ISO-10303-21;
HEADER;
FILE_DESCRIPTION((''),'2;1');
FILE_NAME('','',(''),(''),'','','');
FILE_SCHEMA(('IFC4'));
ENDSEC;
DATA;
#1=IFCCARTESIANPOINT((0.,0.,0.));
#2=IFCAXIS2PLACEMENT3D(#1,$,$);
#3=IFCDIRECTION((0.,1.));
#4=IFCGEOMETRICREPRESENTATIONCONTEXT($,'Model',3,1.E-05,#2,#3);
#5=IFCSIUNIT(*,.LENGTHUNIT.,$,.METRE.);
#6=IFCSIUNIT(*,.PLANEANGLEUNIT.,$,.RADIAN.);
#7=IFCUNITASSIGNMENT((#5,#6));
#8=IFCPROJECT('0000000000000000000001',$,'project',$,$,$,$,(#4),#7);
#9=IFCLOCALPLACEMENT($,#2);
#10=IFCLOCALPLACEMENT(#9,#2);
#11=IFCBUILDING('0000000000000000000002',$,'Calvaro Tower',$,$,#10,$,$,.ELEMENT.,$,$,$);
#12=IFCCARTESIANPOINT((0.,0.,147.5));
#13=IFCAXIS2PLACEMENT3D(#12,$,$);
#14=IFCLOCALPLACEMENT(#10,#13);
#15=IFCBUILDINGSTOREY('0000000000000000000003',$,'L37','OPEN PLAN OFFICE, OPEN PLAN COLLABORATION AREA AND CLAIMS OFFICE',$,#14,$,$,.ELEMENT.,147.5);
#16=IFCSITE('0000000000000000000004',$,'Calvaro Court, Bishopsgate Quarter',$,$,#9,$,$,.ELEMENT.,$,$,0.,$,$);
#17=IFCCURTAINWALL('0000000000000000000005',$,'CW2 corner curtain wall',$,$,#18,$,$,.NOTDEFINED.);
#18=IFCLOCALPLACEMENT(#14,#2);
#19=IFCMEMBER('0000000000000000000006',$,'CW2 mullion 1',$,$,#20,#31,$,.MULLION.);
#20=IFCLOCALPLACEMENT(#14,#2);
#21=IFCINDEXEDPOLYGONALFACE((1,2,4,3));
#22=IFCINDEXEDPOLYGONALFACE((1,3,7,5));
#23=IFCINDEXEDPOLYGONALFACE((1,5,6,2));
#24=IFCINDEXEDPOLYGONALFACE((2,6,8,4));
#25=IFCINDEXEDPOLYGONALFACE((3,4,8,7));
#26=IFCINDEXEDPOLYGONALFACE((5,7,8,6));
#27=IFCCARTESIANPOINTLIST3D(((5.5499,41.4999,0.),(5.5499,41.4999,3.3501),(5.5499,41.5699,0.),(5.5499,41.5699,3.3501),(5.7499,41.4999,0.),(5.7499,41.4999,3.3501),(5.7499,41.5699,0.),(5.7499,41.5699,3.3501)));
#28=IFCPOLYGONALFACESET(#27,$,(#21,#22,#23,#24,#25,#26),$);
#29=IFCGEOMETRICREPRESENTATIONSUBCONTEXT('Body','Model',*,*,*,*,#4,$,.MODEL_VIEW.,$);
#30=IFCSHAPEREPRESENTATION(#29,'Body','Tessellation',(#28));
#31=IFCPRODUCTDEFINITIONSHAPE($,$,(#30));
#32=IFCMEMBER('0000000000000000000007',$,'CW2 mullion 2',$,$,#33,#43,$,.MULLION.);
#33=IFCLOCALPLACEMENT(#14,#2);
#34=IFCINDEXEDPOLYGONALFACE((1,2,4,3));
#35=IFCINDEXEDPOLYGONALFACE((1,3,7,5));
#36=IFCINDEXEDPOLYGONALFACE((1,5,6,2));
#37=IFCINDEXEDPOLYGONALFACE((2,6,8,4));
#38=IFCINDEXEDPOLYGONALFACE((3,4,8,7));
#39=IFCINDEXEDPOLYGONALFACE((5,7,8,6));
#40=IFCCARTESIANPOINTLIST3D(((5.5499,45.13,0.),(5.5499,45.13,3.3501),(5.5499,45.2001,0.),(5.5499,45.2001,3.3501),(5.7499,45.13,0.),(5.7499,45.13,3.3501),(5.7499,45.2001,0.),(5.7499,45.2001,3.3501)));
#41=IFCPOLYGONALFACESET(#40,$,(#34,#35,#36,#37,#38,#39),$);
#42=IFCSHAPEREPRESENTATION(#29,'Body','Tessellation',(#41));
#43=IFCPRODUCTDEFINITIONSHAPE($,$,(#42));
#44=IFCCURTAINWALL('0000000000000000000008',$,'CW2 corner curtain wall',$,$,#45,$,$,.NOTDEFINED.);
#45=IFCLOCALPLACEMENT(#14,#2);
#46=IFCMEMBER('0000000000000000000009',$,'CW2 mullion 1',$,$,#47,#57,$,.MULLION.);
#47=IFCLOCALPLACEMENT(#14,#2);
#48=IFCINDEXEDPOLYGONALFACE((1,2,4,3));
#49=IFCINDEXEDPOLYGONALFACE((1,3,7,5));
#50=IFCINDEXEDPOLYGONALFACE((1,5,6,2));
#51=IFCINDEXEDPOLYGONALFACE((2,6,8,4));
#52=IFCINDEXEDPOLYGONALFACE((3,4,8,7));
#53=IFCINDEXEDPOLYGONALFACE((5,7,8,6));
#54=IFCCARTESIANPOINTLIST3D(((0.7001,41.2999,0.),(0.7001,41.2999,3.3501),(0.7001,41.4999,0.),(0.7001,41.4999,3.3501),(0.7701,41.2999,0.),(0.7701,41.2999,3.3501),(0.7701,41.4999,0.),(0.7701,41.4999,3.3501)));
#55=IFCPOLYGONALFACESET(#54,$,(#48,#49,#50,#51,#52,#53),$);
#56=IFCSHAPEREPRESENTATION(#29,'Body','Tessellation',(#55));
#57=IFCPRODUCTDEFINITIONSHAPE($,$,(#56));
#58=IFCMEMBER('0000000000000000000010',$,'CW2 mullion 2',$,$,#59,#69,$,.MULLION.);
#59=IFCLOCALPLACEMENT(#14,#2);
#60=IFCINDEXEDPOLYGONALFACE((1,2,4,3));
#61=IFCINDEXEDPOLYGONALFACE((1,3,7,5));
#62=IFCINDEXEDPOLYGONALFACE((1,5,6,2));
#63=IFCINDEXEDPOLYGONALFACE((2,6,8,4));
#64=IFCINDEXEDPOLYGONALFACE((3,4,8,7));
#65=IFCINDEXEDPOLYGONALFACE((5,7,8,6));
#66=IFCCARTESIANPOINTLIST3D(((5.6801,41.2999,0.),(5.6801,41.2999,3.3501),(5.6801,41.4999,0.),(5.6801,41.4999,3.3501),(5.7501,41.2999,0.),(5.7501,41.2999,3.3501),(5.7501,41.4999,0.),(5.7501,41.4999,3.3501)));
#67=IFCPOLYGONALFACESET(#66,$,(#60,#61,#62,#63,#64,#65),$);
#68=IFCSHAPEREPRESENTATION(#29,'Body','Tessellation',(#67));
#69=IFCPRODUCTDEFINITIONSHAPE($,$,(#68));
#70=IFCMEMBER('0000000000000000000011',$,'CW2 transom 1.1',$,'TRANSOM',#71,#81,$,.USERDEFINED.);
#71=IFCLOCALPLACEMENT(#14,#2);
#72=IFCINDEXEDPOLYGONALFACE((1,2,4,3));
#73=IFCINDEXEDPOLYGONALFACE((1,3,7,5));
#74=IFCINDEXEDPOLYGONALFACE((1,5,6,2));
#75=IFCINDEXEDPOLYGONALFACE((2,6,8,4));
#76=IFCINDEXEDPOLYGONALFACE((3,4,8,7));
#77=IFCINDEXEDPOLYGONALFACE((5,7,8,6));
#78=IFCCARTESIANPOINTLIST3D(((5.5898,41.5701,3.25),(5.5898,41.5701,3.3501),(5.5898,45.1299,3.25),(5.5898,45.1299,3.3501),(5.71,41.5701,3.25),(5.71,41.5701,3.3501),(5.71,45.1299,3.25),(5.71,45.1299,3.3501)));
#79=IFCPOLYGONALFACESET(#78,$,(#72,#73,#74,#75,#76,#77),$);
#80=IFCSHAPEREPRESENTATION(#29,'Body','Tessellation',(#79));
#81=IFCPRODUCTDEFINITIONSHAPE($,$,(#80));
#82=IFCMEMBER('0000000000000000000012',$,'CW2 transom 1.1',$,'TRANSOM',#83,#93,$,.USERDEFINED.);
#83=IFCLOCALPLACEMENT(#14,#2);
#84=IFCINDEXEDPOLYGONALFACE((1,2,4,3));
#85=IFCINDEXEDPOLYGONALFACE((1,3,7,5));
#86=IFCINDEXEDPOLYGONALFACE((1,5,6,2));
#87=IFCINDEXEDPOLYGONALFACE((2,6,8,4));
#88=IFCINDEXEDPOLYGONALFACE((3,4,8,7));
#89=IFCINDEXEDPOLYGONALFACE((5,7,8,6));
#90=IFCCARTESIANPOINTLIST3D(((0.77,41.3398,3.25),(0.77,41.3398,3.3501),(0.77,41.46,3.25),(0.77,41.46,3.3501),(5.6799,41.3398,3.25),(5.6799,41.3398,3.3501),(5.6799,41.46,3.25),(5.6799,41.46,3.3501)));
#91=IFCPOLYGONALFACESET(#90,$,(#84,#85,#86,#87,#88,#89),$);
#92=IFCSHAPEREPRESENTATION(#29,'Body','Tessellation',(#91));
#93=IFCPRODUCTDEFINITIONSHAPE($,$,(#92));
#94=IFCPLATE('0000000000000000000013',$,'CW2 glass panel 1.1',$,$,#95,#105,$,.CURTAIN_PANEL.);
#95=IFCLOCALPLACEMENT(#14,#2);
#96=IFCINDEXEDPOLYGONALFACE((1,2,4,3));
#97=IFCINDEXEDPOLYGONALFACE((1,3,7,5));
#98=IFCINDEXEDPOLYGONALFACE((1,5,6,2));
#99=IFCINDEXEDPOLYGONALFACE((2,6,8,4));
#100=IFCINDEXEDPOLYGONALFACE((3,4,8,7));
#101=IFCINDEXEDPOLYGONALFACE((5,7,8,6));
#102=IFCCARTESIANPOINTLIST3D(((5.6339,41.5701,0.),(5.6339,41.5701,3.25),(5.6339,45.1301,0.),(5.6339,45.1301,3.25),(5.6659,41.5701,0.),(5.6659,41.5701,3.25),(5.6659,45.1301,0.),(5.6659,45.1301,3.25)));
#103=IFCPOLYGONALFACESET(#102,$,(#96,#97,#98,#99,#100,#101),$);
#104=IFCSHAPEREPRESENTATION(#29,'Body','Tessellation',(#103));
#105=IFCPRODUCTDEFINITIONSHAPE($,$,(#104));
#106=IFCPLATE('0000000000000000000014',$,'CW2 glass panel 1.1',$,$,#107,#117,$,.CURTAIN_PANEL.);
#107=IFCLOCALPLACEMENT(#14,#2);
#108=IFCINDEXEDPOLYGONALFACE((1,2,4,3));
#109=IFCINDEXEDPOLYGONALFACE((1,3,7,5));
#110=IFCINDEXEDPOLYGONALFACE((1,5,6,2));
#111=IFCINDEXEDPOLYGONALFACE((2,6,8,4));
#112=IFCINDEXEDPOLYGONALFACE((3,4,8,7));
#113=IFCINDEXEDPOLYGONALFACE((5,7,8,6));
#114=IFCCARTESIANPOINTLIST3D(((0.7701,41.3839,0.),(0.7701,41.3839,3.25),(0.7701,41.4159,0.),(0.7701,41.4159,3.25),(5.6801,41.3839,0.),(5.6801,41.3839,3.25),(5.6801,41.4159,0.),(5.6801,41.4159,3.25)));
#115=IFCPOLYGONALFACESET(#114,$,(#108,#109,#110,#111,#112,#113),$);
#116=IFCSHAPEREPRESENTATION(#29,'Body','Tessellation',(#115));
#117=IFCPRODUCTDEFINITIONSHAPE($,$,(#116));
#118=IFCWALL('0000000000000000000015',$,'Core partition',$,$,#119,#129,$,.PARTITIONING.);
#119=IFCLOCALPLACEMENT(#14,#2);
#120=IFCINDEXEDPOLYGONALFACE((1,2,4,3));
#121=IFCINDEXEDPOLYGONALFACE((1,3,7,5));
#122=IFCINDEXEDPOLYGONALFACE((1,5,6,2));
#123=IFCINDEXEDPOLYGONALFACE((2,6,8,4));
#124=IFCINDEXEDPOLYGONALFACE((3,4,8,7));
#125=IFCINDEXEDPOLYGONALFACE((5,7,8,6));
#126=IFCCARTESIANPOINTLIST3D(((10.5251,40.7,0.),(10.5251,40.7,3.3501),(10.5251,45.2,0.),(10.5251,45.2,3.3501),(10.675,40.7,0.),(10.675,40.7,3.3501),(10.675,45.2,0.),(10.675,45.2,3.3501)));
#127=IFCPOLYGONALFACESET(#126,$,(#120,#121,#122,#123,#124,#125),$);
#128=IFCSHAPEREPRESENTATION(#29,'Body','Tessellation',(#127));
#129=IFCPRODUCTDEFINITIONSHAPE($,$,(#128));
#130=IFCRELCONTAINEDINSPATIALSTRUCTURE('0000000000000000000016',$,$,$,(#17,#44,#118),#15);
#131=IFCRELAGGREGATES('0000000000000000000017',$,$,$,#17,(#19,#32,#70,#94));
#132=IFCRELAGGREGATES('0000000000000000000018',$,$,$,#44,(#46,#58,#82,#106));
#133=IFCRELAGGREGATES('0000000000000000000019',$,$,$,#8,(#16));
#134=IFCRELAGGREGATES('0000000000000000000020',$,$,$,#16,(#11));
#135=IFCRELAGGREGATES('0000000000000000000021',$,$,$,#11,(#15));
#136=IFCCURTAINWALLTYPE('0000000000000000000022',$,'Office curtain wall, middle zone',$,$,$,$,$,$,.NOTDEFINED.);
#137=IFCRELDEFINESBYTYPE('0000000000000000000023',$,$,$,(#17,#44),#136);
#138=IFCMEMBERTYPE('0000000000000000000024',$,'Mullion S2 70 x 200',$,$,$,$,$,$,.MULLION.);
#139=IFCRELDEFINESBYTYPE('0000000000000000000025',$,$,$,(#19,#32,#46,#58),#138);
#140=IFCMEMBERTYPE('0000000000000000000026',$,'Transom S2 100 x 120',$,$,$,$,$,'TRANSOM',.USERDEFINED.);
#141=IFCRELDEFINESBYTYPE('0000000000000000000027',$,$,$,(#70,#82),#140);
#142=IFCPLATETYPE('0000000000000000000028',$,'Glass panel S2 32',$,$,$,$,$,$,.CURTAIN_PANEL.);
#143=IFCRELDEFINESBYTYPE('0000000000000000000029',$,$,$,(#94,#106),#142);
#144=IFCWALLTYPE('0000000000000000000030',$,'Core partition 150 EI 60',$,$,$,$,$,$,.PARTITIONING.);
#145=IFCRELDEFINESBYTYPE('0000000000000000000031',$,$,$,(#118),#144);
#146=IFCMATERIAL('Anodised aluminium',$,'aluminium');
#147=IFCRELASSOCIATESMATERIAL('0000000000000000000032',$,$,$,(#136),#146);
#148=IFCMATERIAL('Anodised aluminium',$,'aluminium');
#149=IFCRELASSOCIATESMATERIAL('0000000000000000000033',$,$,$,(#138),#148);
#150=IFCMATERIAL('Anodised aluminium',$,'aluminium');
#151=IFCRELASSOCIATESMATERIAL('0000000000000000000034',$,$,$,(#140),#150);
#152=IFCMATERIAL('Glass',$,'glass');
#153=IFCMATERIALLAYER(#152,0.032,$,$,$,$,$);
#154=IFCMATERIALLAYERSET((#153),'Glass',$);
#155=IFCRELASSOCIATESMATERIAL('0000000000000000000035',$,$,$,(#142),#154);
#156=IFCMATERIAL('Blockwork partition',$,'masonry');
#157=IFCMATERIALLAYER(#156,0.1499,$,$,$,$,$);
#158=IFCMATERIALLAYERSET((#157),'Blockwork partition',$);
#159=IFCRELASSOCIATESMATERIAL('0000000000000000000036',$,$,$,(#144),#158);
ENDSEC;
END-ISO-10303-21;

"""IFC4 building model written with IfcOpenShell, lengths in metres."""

from ifc_helpers import new_model, si_unit, direction, frame, frame_2d, origin, origin_2d, place, context, subcontext, project, spatial, rectangle, extrude, material, layer, layer_set, material_profile, profile_set, type_object, element, aggregate, save


model = new_model("IFC4")

# Units and contexts
model_context = context("Model", 3, precision=1e-05, world=origin(), true_north=direction((0.0, 1.0)))
body_context = subcontext(model_context, "Body", "Model", "MODEL_VIEW")
ifc_project = project(units=[si_unit("LENGTHUNIT", "METRE"), si_unit("PLANEANGLEUNIT", "RADIAN")], contexts=[model_context])

# Site, building, storey
site_placement = place(None, origin())
site = spatial("IfcSite", under=ifc_project, at=site_placement, Name="Calvaro Court, Bishopsgate Quarter", CompositionType="ELEMENT", RefElevation=0.0)
building_placement = place(site_placement, origin())
building = spatial("IfcBuilding", under=site, at=building_placement, Name="Calvaro Tower", CompositionType="ELEMENT")
storey_placement = place(building_placement, frame((0.0, 0.0, 147.5)))
storey = spatial("IfcBuildingStorey", under=building, at=storey_placement, Name="L37", Description="OPEN PLAN OFFICE, OPEN PLAN COLLABORATION AREA AND CLAIMS OFFICE", CompositionType="ELEMENT", Elevation=147.5)

# Curtain walls, members
ifc_material_1 = material(Name="Anodised aluminium", Category="aluminium")
curtain_wall_type = type_object("IfcCurtainWallType", Name="Office curtain wall, middle zone", PredefinedType="NOTDEFINED", material=ifc_material_1)
curtain_wall_1_placement = place(storey_placement, origin())
curtain_wall_1 = element("IfcCurtainWall", 1, at=curtain_wall_1_placement, inside=storey, type_object=curtain_wall_type, Name="CW2 corner curtain wall", PredefinedType="NOTDEFINED")
ifc_material_2 = material(Name="Anodised aluminium", Category="aluminium")
ifc_material_profile_1 = material_profile(ifc_material_2, rectangle(XDim=0.2, YDim=0.0701, at=origin_2d()), Name="Mullion S2 70 x 200")
ifc_profile_set_1 = profile_set([ifc_material_profile_1], Name="Anodised aluminium")
member_type_1 = type_object("IfcMemberType", Name="Mullion S2 70 x 200", PredefinedType="MULLION", material=ifc_profile_set_1)
member_1_placement = place(storey_placement, frame((5.6499, 41.5349, 0.0), z_axis=(0.0, 0.0, 1.0), x_axis=(-1.0, 0.0, 0.0)))
member_1 = element("IfcMember", 2, at=member_1_placement, type_object=member_type_1, Name="CW2 mullion 1", PredefinedType="MULLION", context=body_context, shape_type="SweptSolid", body=[
    extrude(rectangle(XDim=0.2, YDim=0.0701, at=origin_2d()), origin(), (0.0, 0.0, 1.0), 3.3501),
])
member_2_placement = place(storey_placement, frame((5.6499, 45.165, 0.0), z_axis=(0.0, 0.0, 1.0), x_axis=(-1.0, 0.0, 0.0)))
member_2 = element("IfcMember", 3, at=member_2_placement, type_object=member_type_1, Name="CW2 mullion 2", PredefinedType="MULLION", context=body_context, shape_type="SweptSolid", body=[
    extrude(rectangle(XDim=0.2, YDim=0.0701, at=origin_2d()), origin(), (0.0, 0.0, 1.0), 3.3501),
])
curtain_wall_2_placement = place(storey_placement, origin())
curtain_wall_2 = element("IfcCurtainWall", 4, at=curtain_wall_2_placement, inside=storey, type_object=curtain_wall_type, Name="CW2 corner curtain wall", PredefinedType="NOTDEFINED")
member_3_placement = place(storey_placement, frame((0.7351, 41.3999, 0.0), z_axis=(0.0, 0.0, 1.0), x_axis=(0.0, 1.0, 0.0)))
member_3 = element("IfcMember", 5, at=member_3_placement, type_object=member_type_1, Name="CW2 mullion 1", PredefinedType="MULLION", context=body_context, shape_type="SweptSolid", body=[
    extrude(rectangle(XDim=0.2, YDim=0.0701, at=origin_2d()), origin(), (0.0, 0.0, 1.0), 3.3501),
])
member_4_placement = place(storey_placement, frame((5.7151, 41.3999, 0.0), z_axis=(0.0, 0.0, 1.0), x_axis=(0.0, 1.0, 0.0)))
member_4 = element("IfcMember", 6, at=member_4_placement, type_object=member_type_1, Name="CW2 mullion 2", PredefinedType="MULLION", context=body_context, shape_type="SweptSolid", body=[
    extrude(rectangle(XDim=0.2, YDim=0.0701, at=origin_2d()), origin(), (0.0, 0.0, 1.0), 3.3501),
])

# Members
ifc_material_3 = material(Name="Anodised aluminium", Category="aluminium")
ifc_material_profile_2 = material_profile(ifc_material_3, rectangle(XDim=0.1201, YDim=0.1001, at=origin_2d()), Name="Transom S2 100 x 120")
ifc_profile_set_2 = profile_set([ifc_material_profile_2], Name="Anodised aluminium")
member_type_2 = type_object("IfcMemberType", Name="Transom S2 100 x 120", ElementType="TRANSOM", PredefinedType="USERDEFINED", material=ifc_profile_set_2)
member_5_placement = place(storey_placement, frame((5.6499, 41.5701, 3.3), z_axis=(0.0, 1.0, 0.0), x_axis=(-1.0, 0.0, 0.0)))
member_5 = element("IfcMember", 7, at=member_5_placement, type_object=member_type_2, Name="CW2 transom 1.1", ObjectType="TRANSOM", PredefinedType="USERDEFINED", context=body_context, shape_type="SweptSolid", body=[
    extrude(rectangle(XDim=0.1201, YDim=0.1001, at=origin_2d()), origin(), (0.0, 0.0, 1.0), 3.5598),
])
member_6_placement = place(storey_placement, frame((0.77, 41.3999, 3.3), z_axis=(1.0, 0.0, 0.0), x_axis=(0.0, 1.0, 0.0)))
member_6 = element("IfcMember", 8, at=member_6_placement, type_object=member_type_2, Name="CW2 transom 1.1", ObjectType="TRANSOM", PredefinedType="USERDEFINED", context=body_context, shape_type="SweptSolid", body=[
    extrude(rectangle(XDim=0.1201, YDim=0.1001, at=origin_2d()), origin(), (0.0, 0.0, 1.0), 4.9099),
])

# Plates
ifc_material_4 = material(Name="Glass", Category="glass")
ifc_layer_1 = layer(ifc_material_4, 0.032)
ifc_layer_set_1 = layer_set([ifc_layer_1], Name="Glass")
plate_type = type_object("IfcPlateType", Name="Glass panel S2 32", PredefinedType="CURTAIN_PANEL", material=ifc_layer_set_1)
plate_1_placement = place(storey_placement, frame((5.6499, 43.3501, 0.0), z_axis=(0.0, 0.0, 1.0), x_axis=(0.0, 1.0, 0.0)))
plate_1 = element("IfcPlate", 9, at=plate_1_placement, type_object=plate_type, Name="CW2 glass panel 1.1", PredefinedType="CURTAIN_PANEL", context=body_context, shape_type="SweptSolid", body=[
    extrude(rectangle(XDim=3.5601, YDim=0.032, at=origin_2d()), origin(), (0.0, 0.0, 1.0), 3.25),
])
aggregate(curtain_wall_1, [member_1, member_2, member_5, plate_1])
plate_2_placement = place(storey_placement, frame((3.2251, 41.3999, 0.0), z_axis=(0.0, 0.0, 1.0), x_axis=(1.0, 0.0, 0.0)))
plate_2 = element("IfcPlate", 10, at=plate_2_placement, type_object=plate_type, Name="CW2 glass panel 1.1", PredefinedType="CURTAIN_PANEL", context=body_context, shape_type="SweptSolid", body=[
    extrude(rectangle(XDim=4.9099, YDim=0.032, at=origin_2d()), origin(), (0.0, 0.0, 1.0), 3.25),
])
aggregate(curtain_wall_2, [member_3, member_4, member_6, plate_2])

# Wall
ifc_material_5 = material(Name="Blockwork partition", Category="masonry")
ifc_layer_2 = layer(ifc_material_5, 0.1499)
ifc_layer_set_2 = layer_set([ifc_layer_2], Name="Blockwork partition")
wall_type_1 = type_object("IfcWallType", Name="Core partition 150 EI 60", PredefinedType="PARTITIONING", material=ifc_layer_set_2)
wall_1_placement = place(storey_placement, frame((10.6001, 40.7, 0.0), z_axis=(0.0, 0.0, 1.0), x_axis=(0.0, 1.0, 0.0)))
element("IfcWall", 11, at=wall_1_placement, inside=storey, type_object=wall_type_1, Name="Core partition", PredefinedType="PARTITIONING", context=body_context, shape_type="SweptSolid", body=[
    extrude(rectangle(XDim=4.5, YDim=0.1499, at=frame_2d((2.25, 0.0))), origin(), (0.0, 0.0, 1.0), 3.3501),
])

save(model, "model.ifc")
